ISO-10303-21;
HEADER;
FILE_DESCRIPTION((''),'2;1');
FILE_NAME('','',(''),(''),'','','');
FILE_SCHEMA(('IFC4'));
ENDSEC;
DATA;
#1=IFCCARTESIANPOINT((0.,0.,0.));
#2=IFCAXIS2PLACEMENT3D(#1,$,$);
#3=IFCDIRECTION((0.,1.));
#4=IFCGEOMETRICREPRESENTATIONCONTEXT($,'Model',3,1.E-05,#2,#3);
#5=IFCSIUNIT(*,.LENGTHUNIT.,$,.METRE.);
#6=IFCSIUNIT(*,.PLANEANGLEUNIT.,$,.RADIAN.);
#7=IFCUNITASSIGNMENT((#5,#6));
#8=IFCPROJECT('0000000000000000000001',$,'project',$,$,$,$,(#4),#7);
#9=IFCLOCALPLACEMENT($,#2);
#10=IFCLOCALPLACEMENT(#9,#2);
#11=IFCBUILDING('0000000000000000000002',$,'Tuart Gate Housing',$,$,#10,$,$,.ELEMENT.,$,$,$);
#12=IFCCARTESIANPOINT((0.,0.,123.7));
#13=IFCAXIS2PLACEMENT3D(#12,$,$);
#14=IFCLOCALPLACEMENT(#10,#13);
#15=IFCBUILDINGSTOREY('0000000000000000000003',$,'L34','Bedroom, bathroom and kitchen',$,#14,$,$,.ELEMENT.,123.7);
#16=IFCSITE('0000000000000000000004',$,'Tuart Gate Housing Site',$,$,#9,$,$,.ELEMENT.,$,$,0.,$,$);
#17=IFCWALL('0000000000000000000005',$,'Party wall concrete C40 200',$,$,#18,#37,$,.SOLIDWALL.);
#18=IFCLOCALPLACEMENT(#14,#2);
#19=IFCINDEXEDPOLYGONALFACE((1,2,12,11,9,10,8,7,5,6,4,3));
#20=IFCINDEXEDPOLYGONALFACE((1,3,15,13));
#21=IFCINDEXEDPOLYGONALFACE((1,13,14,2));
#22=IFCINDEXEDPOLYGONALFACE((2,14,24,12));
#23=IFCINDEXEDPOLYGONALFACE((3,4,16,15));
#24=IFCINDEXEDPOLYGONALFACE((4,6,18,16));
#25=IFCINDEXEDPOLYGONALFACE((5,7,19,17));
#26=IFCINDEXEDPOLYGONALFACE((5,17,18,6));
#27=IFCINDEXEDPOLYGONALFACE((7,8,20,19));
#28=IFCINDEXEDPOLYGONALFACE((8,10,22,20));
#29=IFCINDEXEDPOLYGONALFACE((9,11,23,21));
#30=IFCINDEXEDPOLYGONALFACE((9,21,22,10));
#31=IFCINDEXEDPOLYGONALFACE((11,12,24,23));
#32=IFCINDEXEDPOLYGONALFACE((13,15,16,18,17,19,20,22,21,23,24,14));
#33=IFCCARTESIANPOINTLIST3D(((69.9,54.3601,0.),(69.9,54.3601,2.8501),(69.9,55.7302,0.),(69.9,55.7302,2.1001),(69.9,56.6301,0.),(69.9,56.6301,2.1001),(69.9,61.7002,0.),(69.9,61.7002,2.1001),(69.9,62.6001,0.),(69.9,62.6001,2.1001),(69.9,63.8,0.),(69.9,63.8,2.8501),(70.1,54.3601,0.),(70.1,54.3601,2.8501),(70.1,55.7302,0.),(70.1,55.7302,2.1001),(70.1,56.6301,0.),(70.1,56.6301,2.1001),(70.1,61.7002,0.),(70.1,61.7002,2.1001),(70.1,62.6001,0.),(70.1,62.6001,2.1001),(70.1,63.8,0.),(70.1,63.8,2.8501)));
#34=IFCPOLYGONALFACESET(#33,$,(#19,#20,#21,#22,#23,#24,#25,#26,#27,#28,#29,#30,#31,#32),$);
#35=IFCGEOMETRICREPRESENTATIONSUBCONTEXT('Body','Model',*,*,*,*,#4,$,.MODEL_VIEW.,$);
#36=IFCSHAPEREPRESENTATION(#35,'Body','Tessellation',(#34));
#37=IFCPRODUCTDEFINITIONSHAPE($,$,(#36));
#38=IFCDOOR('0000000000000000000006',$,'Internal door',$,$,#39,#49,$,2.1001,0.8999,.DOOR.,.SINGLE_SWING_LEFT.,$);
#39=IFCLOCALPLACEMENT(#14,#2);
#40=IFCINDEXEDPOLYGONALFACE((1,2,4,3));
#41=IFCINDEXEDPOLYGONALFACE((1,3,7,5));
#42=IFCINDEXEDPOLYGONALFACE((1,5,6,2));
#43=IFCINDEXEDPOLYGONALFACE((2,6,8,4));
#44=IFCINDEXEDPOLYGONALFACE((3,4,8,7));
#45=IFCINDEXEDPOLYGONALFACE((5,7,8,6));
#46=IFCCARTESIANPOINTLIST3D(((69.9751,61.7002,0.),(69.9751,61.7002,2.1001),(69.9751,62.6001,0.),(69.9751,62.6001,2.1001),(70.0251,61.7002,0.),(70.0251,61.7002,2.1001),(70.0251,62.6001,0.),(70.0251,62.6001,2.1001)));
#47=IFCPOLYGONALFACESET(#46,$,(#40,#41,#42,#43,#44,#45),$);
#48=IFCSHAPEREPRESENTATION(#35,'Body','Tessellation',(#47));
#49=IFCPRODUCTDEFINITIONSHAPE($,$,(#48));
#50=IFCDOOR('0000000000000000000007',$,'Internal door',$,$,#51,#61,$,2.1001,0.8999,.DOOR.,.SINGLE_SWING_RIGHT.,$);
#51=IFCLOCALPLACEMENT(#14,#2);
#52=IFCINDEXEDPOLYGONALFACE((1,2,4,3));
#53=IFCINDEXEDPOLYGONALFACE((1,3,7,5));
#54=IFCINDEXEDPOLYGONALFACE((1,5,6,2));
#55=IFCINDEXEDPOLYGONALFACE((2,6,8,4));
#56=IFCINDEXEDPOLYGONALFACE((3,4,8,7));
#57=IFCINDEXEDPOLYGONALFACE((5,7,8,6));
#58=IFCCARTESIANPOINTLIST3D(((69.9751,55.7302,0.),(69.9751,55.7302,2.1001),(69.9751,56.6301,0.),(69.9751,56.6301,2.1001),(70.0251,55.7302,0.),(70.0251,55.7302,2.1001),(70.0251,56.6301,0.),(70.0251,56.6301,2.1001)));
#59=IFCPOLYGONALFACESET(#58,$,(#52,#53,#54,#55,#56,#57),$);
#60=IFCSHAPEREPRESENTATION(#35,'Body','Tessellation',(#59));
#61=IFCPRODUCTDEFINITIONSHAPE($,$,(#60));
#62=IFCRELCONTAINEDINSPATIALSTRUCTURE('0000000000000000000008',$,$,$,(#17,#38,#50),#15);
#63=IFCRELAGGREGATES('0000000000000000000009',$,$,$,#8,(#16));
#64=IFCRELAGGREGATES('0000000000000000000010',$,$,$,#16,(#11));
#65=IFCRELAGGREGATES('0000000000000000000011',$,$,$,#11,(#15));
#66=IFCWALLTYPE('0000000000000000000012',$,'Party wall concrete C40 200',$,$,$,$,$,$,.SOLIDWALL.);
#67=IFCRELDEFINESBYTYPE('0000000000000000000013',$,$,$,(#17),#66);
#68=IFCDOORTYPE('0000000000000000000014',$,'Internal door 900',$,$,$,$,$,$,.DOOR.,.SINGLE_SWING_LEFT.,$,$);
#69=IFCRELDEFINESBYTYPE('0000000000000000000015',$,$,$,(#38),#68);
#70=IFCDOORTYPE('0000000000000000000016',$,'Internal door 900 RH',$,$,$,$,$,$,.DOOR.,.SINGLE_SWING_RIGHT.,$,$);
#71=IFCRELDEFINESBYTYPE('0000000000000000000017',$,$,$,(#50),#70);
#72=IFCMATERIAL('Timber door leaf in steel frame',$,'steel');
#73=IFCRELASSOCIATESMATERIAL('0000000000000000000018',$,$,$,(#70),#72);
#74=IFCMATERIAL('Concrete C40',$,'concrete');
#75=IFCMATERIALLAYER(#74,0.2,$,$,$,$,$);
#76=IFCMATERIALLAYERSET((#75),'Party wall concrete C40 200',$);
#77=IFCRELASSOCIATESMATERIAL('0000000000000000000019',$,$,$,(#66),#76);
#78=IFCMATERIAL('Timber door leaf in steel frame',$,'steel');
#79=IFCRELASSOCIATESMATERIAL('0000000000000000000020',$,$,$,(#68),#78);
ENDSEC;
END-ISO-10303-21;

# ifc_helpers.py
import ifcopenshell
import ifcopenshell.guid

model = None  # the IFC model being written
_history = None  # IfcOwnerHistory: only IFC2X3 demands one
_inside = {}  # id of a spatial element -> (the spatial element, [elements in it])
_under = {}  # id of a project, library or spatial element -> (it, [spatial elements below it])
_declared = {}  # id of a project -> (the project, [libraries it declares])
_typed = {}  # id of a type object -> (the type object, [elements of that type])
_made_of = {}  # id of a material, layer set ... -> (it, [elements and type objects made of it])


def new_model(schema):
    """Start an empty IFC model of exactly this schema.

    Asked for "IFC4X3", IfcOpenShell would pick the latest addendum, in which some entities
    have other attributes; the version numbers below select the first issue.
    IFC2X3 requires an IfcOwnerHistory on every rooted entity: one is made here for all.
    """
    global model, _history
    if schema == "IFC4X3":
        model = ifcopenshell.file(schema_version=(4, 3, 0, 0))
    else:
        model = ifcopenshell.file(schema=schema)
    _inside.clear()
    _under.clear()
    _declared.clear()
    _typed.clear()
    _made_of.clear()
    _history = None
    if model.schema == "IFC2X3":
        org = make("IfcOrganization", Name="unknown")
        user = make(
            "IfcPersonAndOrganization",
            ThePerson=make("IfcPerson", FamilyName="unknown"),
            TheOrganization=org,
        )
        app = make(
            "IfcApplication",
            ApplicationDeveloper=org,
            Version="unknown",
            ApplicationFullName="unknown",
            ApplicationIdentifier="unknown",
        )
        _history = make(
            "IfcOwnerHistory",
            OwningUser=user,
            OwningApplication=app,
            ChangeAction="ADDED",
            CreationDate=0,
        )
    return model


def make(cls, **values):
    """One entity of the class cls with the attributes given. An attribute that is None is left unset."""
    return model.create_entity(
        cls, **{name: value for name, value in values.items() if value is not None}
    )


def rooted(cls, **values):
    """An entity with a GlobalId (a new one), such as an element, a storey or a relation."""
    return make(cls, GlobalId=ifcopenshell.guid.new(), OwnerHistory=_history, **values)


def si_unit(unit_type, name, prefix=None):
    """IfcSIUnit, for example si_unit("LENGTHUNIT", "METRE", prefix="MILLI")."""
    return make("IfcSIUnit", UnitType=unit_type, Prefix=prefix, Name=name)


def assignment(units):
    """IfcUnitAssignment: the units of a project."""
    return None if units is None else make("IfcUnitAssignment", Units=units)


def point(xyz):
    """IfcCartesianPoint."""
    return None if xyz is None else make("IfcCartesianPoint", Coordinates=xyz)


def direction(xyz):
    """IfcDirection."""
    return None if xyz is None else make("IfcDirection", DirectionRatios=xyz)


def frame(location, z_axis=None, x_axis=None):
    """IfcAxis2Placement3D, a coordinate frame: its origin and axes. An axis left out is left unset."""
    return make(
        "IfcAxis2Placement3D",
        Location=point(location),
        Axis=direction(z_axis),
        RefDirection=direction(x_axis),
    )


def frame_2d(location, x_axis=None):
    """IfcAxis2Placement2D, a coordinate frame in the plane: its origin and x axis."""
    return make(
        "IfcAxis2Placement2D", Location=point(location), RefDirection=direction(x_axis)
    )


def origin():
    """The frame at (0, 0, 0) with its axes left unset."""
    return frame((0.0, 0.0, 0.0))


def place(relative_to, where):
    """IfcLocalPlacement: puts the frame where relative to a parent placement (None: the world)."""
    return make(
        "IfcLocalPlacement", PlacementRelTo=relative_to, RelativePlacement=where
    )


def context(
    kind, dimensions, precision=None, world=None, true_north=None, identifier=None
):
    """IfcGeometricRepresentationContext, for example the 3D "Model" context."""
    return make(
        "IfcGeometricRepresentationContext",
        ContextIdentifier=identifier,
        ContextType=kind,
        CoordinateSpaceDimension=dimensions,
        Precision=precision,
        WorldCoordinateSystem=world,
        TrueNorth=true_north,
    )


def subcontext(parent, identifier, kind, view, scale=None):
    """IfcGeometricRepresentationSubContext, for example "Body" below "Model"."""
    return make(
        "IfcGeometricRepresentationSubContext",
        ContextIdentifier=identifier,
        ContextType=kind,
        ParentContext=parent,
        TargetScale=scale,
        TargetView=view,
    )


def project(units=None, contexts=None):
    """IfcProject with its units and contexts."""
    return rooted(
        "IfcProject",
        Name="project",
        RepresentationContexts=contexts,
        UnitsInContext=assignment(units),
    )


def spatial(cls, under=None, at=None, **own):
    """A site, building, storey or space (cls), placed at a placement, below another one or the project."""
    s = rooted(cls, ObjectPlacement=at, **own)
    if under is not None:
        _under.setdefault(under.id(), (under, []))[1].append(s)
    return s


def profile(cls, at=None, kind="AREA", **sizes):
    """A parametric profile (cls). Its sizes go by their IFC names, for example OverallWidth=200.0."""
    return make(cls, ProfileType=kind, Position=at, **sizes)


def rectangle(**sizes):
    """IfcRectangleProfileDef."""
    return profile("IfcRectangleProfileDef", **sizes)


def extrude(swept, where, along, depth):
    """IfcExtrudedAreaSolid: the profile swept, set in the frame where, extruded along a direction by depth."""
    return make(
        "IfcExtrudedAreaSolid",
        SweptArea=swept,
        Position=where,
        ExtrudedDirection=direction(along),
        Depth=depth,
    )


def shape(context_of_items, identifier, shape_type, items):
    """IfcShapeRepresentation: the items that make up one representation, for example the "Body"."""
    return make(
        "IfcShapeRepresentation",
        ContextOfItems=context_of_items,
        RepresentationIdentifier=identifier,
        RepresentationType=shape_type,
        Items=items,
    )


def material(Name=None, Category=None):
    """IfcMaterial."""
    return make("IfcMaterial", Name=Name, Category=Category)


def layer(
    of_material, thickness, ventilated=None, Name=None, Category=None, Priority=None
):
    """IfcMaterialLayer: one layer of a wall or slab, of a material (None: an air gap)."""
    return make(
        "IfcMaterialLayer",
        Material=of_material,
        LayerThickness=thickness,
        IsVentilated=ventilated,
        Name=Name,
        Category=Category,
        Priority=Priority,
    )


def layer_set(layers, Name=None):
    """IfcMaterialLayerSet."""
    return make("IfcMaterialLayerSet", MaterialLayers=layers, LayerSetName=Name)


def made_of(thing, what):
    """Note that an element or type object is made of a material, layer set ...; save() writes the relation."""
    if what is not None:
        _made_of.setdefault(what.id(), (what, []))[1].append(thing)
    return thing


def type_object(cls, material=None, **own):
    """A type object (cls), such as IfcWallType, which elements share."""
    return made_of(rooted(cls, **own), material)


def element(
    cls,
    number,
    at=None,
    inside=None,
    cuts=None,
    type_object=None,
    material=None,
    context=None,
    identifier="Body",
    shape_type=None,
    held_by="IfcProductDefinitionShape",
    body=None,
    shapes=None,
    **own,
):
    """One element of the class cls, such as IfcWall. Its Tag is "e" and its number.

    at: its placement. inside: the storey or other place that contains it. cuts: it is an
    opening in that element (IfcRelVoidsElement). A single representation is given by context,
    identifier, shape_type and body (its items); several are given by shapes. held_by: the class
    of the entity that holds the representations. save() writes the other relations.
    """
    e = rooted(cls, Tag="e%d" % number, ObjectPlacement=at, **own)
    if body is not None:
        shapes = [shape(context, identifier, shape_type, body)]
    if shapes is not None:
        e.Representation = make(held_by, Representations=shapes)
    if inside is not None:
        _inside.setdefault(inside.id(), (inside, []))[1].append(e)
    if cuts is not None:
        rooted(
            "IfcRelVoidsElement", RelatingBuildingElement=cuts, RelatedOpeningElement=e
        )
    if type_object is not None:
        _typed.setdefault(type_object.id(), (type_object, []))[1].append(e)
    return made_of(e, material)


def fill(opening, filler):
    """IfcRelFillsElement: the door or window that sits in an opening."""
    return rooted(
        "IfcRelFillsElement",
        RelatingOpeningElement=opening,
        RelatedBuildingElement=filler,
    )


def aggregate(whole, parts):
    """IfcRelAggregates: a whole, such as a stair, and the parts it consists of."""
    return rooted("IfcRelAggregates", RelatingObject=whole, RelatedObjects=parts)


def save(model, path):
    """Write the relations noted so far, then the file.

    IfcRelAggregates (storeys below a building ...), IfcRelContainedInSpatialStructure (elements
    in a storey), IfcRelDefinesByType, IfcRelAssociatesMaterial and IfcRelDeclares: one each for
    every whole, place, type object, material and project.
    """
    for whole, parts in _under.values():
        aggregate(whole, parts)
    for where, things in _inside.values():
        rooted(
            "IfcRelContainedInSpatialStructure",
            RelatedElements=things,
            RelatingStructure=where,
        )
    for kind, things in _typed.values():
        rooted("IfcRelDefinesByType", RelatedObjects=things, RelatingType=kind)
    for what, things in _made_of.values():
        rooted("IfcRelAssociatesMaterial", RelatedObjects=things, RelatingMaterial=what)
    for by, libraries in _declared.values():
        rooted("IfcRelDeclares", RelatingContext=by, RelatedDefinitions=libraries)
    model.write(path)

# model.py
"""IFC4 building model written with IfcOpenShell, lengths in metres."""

from ifc_helpers import new_model, si_unit, direction, frame, frame_2d, origin, place, context, subcontext, project, spatial, rectangle, extrude, material, layer, layer_set, type_object, element, fill, save


model = new_model("IFC4")

# Units and contexts
model_context = context("Model", 3, precision=1e-05, world=origin(), true_north=direction((0.0, 1.0)))
body_context = subcontext(model_context, "Body", "Model", "MODEL_VIEW")
ifc_project = project(units=[si_unit("LENGTHUNIT", "METRE"), si_unit("PLANEANGLEUNIT", "RADIAN")], contexts=[model_context])

# Site, building, storey
site_placement = place(None, origin())
site = spatial("IfcSite", under=ifc_project, at=site_placement, Name="Tuart Gate Housing Site", CompositionType="ELEMENT", RefElevation=0.0)
building_placement = place(site_placement, origin())
building = spatial("IfcBuilding", under=site, at=building_placement, Name="Tuart Gate Housing", CompositionType="ELEMENT")
storey_placement = place(building_placement, frame((0.0, 0.0, 123.7)))
storey = spatial("IfcBuildingStorey", under=building, at=storey_placement, Name="L34", Description="Bedroom, bathroom and kitchen", CompositionType="ELEMENT", Elevation=123.7)

# Shared definitions
ifc_material_1 = material(Name="Timber door leaf in steel frame", Category="steel")
door_type_1 = type_object("IfcDoorType", Name="Internal door 900 RH", OperationType="SINGLE_SWING_RIGHT", PredefinedType="DOOR", material=ifc_material_1)

# Shared definitions
ifc_material_2 = material(Name="Concrete C40", Category="concrete")
ifc_layer_1 = layer(ifc_material_2, 0.2)
ifc_layer_set_1 = layer_set([ifc_layer_1], Name="Party wall concrete C40 200")
wall_type_1 = type_object("IfcWallType", Name="Party wall concrete C40 200", PredefinedType="SOLIDWALL", material=ifc_layer_set_1)

# Wall, openings, doors
wall_1_placement = place(storey_placement, frame((70.0, 54.3601, 0.0), z_axis=(0.0, 0.0, 1.0), x_axis=(0.0, 1.0, 0.0)))
wall_1 = element("IfcWall", 1, at=wall_1_placement, inside=storey, type_object=wall_type_1, Name="Party wall concrete C40 200", PredefinedType="SOLIDWALL", context=body_context, shape_type="SweptSolid", body=[
    extrude(rectangle(XDim=9.4399, YDim=0.2, at=frame_2d((4.72, 0.0))), origin(), (0.0, 0.0, 1.0), 2.8501),
])
opening_1_placement = place(wall_1_placement, frame((1.3701, 0.0, 0.0)))
opening_1 = element("IfcOpeningElement", 2, at=opening_1_placement, cuts=wall_1, PredefinedType="OPENING", context=body_context, shape_type="SweptSolid", body=[
    extrude(rectangle(XDim=0.8999, YDim=2.1001, at=frame_2d((0.45, 1.05))), frame((0.0, 0.1099, 0.0), z_axis=(0.0, -1.0, 0.0), x_axis=(1.0, 0.0, 0.0)), (0.0, 0.0, 1.0), 0.22),
])
opening_2_placement = place(wall_1_placement, frame((7.3401, 0.0, 0.0)))
opening_2 = element("IfcOpeningElement", 3, at=opening_2_placement, cuts=wall_1, PredefinedType="OPENING", context=body_context, shape_type="SweptSolid", body=[
    extrude(rectangle(XDim=0.8999, YDim=2.1001, at=frame_2d((0.45, 1.05))), frame((0.0, 0.1099, 0.0), z_axis=(0.0, -1.0, 0.0), x_axis=(1.0, 0.0, 0.0)), (0.0, 0.0, 1.0), 0.22),
])
ifc_material_3 = material(Name="Timber door leaf in steel frame", Category="steel")
door_type_2 = type_object("IfcDoorType", Name="Internal door 900", OperationType="SINGLE_SWING_LEFT", PredefinedType="DOOR", material=ifc_material_3)
door_1_placement = place(opening_2_placement, frame((0.8999, 0.0, 0.0), z_axis=(0.0, 0.0, 1.0), x_axis=(-1.0, 0.0, 0.0)))
door_1 = element("IfcDoor", 4, at=door_1_placement, inside=storey, type_object=door_type_2, Name="Internal door", OperationType="SINGLE_SWING_LEFT", OverallHeight=2.1001, OverallWidth=0.8999, PredefinedType="DOOR", context=body_context, shape_type="SweptSolid", body=[
    extrude(rectangle(XDim=0.8999, YDim=2.1001, at=frame_2d((0.45, 1.05))), frame((0.0, 0.0251, 0.0), z_axis=(0.0, -1.0, 0.0), x_axis=(1.0, 0.0, 0.0)), (0.0, 0.0, 1.0), 0.05),
])
fill(opening_2, door_1)
door_2_placement = place(opening_1_placement, frame((0.8999, 0.0, 0.0), z_axis=(0.0, 0.0, 1.0), x_axis=(-1.0, 0.0, 0.0)))
door_2 = element("IfcDoor", 5, at=door_2_placement, inside=storey, type_object=door_type_1, Name="Internal door", OperationType="SINGLE_SWING_RIGHT", OverallHeight=2.1001, OverallWidth=0.8999, PredefinedType="DOOR", context=body_context, shape_type="SweptSolid", body=[
    extrude(rectangle(XDim=0.8999, YDim=2.1001, at=frame_2d((0.45, 1.05))), frame((0.0, 0.0251, 0.0), z_axis=(0.0, -1.0, 0.0), x_axis=(1.0, 0.0, 0.0)), (0.0, 0.0, 1.0), 0.05),
])
fill(opening_1, door_2)

save(model, "model.ifc")
